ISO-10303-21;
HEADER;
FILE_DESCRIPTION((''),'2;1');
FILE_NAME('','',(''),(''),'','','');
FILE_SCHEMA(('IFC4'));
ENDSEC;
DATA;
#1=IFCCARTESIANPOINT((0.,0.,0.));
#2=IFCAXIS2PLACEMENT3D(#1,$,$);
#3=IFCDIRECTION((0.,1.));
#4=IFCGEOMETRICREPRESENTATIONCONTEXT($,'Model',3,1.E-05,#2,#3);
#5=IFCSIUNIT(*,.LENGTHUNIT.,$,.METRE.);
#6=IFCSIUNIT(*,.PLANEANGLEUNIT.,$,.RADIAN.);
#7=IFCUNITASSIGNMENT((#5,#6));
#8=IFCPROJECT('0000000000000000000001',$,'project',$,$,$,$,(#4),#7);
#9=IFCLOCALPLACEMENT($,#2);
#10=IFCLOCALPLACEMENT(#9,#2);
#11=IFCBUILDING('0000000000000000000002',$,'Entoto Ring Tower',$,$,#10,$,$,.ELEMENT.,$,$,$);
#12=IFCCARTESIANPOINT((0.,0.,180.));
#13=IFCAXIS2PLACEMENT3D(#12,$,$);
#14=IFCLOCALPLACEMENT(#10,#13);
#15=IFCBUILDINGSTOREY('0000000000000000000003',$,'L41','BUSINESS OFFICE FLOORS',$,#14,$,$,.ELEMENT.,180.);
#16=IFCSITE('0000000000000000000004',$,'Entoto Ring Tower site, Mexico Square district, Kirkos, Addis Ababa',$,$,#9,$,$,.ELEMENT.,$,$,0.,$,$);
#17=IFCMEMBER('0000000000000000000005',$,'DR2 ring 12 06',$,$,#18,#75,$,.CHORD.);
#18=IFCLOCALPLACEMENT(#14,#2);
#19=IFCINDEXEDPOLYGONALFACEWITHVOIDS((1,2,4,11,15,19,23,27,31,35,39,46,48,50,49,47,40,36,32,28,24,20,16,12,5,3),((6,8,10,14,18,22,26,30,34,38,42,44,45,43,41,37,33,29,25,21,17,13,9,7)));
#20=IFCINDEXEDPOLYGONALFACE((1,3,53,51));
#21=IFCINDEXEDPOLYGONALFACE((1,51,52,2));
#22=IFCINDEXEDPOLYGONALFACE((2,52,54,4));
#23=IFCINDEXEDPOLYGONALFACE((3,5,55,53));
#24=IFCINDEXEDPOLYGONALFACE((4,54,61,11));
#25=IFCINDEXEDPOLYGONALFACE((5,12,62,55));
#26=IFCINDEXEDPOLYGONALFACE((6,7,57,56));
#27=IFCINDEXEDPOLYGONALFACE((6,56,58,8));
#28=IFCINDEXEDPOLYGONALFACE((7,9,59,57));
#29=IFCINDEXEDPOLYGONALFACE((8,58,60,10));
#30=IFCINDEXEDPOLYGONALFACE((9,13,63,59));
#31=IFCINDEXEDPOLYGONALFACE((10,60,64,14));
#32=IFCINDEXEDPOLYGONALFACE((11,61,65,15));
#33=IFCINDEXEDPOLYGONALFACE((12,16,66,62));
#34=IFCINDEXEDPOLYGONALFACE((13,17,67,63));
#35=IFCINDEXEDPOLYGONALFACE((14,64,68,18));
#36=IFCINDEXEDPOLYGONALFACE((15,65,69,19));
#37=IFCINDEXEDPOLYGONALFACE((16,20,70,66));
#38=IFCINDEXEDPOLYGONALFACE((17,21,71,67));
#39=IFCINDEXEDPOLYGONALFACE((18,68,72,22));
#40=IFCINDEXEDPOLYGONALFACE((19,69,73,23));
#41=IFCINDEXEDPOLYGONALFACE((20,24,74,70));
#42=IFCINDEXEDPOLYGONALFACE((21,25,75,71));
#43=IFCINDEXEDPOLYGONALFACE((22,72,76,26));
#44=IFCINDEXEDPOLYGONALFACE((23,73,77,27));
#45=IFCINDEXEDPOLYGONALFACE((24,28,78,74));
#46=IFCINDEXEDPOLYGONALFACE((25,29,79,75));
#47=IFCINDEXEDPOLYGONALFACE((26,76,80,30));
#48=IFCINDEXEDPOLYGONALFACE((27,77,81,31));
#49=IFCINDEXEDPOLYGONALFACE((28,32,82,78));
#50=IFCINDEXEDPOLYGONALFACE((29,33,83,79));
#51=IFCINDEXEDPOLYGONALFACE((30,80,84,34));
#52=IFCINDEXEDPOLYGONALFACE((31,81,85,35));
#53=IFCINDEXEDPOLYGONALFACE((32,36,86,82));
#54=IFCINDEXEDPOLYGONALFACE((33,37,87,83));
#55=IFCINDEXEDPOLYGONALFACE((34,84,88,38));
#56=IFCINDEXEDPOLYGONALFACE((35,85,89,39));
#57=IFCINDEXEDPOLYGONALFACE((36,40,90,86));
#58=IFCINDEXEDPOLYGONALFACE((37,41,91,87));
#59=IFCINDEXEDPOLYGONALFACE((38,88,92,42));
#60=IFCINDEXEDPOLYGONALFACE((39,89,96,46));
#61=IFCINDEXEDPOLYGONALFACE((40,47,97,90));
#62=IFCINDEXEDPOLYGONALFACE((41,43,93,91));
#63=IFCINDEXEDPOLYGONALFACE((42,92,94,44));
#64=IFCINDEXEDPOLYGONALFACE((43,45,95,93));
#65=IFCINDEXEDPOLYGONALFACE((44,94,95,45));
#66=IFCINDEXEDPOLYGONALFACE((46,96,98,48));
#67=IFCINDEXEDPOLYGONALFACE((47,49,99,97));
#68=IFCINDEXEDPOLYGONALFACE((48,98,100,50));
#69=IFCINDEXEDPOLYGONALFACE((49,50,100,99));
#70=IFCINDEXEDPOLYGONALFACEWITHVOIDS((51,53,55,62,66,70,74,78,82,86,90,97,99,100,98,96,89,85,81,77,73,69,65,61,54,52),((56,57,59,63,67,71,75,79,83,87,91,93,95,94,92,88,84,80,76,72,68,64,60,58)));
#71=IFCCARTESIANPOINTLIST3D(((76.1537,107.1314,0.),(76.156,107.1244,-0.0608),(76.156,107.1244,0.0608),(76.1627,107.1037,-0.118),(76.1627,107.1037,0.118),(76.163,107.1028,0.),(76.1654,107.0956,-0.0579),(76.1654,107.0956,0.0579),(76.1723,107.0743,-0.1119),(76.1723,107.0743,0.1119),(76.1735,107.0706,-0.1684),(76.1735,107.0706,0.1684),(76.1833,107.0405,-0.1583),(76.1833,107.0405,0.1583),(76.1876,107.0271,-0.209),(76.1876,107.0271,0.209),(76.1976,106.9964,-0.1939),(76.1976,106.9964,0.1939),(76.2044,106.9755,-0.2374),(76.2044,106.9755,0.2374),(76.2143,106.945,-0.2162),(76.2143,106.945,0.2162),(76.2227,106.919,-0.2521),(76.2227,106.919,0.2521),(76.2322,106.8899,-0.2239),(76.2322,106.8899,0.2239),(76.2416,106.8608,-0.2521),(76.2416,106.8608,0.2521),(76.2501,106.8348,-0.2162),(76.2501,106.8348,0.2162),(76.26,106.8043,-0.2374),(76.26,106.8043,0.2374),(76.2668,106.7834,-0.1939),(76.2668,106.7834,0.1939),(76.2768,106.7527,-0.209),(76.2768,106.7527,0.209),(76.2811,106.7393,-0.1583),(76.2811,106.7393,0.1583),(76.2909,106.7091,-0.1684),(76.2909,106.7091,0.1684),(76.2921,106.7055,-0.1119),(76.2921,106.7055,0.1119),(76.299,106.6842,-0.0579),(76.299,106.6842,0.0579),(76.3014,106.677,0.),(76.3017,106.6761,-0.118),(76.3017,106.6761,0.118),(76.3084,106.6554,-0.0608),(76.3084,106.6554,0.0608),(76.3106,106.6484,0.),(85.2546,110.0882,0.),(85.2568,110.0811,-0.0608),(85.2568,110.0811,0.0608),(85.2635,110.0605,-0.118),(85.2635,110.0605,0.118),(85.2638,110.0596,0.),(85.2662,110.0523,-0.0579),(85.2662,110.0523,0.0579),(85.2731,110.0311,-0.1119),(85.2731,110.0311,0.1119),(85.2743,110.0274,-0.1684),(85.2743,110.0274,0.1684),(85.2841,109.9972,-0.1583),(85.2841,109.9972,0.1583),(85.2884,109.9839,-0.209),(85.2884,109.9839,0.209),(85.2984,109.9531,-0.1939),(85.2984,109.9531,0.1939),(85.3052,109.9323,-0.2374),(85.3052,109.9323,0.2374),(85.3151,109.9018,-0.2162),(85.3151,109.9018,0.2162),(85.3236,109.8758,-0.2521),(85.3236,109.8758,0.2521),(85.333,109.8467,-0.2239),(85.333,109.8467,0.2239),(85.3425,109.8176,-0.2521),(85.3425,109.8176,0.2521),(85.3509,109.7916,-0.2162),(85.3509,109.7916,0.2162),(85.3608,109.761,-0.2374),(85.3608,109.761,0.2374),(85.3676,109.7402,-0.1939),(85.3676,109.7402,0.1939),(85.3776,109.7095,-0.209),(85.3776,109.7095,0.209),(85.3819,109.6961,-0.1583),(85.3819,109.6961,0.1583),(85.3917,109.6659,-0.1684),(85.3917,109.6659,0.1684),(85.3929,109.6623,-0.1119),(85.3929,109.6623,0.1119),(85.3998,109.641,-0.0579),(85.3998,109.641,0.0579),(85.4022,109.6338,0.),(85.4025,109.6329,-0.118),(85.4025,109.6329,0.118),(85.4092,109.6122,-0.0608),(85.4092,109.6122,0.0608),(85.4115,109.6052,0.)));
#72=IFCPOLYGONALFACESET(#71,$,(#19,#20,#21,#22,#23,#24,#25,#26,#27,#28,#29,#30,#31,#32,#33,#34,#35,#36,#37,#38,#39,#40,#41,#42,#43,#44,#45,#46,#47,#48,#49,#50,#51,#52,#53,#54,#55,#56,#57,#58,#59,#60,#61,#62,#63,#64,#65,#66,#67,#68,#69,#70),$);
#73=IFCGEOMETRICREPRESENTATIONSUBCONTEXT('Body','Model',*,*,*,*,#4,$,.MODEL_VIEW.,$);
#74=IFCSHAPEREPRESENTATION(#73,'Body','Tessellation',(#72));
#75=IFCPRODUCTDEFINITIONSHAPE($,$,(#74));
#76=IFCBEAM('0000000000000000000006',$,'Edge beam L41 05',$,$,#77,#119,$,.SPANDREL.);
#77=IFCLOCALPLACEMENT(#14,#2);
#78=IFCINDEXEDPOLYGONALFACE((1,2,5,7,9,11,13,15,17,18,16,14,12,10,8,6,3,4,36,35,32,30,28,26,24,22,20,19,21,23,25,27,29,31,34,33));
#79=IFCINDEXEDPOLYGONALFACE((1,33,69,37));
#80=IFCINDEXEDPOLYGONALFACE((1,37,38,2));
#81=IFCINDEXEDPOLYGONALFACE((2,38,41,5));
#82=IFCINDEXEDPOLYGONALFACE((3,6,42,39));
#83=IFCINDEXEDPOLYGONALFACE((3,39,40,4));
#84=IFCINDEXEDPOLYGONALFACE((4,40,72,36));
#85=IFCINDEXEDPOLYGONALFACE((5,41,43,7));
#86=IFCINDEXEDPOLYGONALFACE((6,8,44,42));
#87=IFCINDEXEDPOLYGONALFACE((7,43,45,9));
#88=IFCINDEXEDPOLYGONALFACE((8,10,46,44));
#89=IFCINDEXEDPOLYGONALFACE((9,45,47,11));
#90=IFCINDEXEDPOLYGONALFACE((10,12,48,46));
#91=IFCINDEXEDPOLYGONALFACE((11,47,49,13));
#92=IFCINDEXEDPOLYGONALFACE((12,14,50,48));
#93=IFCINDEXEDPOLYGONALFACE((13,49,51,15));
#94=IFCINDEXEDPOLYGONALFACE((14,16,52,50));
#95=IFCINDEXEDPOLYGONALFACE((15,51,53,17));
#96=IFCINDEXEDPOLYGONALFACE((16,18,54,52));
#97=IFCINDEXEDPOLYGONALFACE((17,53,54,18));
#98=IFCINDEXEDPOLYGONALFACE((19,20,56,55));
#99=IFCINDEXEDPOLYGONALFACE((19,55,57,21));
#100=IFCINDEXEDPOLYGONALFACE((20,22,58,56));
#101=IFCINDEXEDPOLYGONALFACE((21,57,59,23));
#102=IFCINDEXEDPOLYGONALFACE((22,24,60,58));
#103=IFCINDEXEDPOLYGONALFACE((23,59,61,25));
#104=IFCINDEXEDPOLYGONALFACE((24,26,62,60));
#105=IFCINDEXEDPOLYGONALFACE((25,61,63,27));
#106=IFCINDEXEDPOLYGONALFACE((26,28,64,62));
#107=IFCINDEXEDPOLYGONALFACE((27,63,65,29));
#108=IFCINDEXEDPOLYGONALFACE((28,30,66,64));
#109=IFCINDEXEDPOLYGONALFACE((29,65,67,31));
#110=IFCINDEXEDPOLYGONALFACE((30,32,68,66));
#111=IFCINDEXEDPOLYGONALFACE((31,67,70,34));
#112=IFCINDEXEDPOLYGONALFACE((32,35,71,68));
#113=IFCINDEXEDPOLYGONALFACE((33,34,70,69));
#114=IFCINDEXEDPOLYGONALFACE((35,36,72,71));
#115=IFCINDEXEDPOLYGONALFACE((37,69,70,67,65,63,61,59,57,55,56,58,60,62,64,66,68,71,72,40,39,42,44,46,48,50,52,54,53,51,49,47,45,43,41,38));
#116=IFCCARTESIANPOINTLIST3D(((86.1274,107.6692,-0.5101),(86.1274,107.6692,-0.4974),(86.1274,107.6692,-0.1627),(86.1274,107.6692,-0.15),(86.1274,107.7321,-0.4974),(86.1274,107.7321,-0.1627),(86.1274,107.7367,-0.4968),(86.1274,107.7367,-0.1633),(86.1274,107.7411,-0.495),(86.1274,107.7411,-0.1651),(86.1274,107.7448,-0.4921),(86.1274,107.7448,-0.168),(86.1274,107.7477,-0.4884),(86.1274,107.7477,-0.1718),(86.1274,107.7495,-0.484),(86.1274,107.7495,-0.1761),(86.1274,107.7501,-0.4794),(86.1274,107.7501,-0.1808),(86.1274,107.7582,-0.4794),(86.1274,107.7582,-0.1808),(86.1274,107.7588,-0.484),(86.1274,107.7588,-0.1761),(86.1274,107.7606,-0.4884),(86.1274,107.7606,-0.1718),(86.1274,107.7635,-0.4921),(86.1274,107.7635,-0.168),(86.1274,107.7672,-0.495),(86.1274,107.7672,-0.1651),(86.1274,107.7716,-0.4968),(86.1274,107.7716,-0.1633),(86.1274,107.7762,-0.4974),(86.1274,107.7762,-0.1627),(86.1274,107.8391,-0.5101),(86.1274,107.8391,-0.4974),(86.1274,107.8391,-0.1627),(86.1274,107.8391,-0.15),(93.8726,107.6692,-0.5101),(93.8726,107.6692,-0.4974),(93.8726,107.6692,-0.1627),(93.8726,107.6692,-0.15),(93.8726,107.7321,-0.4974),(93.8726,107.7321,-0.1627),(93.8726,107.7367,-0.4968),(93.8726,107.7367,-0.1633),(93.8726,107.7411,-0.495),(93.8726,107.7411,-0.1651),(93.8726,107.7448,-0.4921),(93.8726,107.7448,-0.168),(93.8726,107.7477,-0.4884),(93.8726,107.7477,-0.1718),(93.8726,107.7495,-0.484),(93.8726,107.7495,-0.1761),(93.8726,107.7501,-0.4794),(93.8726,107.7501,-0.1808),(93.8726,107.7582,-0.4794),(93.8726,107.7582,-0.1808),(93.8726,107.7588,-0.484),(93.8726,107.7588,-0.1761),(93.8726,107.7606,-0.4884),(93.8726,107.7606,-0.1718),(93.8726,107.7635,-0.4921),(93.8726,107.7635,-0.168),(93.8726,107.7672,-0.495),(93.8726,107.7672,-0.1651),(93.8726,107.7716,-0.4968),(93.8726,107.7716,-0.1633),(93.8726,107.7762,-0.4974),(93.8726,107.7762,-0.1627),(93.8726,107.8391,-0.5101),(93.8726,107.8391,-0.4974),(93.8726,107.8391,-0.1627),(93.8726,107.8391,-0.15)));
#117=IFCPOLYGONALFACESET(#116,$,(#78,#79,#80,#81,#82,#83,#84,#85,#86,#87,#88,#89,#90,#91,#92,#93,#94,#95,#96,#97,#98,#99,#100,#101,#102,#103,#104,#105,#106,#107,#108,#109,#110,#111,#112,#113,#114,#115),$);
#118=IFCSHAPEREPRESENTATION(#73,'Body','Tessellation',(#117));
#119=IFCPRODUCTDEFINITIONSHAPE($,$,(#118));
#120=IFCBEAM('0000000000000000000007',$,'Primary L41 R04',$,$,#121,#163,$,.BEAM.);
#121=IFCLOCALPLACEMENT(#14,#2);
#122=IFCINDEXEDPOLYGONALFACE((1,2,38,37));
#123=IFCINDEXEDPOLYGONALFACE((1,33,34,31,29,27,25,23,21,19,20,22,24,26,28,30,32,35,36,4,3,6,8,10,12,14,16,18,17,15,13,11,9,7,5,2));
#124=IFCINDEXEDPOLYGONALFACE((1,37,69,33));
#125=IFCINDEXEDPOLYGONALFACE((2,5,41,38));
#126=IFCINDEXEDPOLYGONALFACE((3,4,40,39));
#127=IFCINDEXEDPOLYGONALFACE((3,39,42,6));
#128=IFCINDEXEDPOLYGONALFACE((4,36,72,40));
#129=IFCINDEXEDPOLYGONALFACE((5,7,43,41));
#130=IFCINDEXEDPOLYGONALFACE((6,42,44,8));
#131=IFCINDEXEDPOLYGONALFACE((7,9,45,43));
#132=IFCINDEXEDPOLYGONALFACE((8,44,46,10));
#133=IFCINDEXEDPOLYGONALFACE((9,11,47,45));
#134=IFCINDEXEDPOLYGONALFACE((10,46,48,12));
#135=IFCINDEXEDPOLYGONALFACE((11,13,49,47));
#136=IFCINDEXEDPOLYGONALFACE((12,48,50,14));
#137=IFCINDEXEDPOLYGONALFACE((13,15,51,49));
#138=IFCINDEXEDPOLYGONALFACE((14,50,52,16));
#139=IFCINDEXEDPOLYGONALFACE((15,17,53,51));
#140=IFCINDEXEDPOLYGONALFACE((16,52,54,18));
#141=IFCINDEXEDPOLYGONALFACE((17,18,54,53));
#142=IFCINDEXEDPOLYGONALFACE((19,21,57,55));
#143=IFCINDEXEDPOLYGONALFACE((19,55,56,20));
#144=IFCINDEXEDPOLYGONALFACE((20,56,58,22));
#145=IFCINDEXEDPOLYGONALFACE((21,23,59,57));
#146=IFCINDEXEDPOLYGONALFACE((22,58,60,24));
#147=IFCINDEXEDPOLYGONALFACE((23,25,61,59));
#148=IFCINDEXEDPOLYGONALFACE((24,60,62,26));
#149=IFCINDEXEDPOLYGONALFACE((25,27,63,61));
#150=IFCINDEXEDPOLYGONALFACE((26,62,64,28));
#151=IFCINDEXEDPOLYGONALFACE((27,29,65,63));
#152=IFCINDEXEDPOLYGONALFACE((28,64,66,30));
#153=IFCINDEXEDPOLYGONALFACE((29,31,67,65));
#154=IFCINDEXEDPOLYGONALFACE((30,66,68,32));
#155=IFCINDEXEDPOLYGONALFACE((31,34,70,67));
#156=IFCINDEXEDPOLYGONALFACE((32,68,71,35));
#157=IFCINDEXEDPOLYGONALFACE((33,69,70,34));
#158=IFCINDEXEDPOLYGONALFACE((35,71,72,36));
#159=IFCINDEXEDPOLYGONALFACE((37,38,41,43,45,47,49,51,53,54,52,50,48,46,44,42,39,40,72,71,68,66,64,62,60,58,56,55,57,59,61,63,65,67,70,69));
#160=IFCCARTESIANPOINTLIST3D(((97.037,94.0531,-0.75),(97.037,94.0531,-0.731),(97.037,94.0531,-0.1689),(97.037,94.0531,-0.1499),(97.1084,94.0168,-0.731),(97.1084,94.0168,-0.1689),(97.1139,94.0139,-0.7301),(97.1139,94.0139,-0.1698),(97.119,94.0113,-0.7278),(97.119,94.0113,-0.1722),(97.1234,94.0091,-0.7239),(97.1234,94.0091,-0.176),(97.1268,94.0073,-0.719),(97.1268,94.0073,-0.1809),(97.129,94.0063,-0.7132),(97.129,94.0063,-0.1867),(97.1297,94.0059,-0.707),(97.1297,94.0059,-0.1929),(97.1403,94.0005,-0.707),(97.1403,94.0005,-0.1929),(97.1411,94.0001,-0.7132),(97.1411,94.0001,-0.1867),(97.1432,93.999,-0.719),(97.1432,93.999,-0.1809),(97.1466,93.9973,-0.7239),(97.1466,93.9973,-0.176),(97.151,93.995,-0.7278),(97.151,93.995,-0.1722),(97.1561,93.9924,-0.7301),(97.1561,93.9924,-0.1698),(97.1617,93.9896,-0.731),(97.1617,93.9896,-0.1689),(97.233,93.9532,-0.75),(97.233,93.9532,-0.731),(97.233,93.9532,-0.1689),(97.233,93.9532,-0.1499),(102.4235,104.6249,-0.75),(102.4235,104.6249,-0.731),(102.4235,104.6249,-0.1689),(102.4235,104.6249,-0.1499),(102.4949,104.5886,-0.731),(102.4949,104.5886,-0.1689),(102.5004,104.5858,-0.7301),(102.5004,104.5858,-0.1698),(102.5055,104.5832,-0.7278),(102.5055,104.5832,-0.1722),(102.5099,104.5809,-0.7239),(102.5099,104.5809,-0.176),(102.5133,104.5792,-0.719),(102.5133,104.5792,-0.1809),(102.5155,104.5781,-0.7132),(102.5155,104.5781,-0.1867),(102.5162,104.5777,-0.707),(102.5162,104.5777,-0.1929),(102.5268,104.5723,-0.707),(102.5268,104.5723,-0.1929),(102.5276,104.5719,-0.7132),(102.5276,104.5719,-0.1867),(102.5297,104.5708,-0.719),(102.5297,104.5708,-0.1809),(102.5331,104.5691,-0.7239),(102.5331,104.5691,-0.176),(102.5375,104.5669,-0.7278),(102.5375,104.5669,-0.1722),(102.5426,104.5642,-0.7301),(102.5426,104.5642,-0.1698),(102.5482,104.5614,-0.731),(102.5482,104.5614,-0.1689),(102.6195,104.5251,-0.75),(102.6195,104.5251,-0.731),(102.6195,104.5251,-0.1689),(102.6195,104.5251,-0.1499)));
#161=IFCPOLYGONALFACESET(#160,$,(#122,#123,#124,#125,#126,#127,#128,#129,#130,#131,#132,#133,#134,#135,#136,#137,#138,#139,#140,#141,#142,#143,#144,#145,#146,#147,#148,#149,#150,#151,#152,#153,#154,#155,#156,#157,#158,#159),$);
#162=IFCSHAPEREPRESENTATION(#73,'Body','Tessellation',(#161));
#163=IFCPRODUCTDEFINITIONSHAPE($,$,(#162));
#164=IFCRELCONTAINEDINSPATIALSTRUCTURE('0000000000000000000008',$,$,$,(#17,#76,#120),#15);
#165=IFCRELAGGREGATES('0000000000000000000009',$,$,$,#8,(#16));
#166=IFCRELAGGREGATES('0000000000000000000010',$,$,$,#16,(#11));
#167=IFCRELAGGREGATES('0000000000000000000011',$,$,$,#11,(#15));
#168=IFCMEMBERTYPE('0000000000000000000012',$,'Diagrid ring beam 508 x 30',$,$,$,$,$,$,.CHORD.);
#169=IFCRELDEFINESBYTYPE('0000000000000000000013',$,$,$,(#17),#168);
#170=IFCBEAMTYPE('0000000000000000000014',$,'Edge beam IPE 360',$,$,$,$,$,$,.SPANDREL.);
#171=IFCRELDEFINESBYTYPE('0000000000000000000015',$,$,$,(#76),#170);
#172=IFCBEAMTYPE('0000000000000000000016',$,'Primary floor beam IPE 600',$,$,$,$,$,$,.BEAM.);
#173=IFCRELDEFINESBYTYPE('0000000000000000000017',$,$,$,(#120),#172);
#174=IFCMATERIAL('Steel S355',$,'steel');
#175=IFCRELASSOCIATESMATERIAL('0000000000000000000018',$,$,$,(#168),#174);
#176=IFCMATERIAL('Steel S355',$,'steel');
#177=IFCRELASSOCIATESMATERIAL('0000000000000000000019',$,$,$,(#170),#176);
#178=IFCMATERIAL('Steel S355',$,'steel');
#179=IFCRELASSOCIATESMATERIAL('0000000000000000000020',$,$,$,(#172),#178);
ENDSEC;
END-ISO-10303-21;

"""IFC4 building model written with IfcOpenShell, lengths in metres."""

from ifc_helpers import new_model, si_unit, direction, frame, origin, origin_2d, place, context, subcontext, project, spatial, circle, hollow_circle, i_section, extrude, material, material_profile, profile_set, type_object, element, save


model = new_model("IFC4")

# Units and contexts
model_context = context("Model", 3, precision=1e-05, world=origin(), true_north=direction((0.0, 1.0)))
body_context = subcontext(model_context, "Body", "Model", "MODEL_VIEW")
ifc_project = project(units=[si_unit("LENGTHUNIT", "METRE"), si_unit("PLANEANGLEUNIT", "RADIAN")], contexts=[model_context])

# Site, building, storey
site_placement = place(None, origin())
site = spatial("IfcSite", under=ifc_project, at=site_placement, Name="Entoto Ring Tower site, Mexico Square district, Kirkos, Addis Ababa", CompositionType="ELEMENT", RefElevation=0.0)
building_placement = place(site_placement, origin())
building = spatial("IfcBuilding", under=site, at=building_placement, Name="Entoto Ring Tower", CompositionType="ELEMENT")
storey_placement = place(building_placement, frame((0.0, 0.0, 180.0)))
storey = spatial("IfcBuildingStorey", under=building, at=storey_placement, Name="L41", Description="BUSINESS OFFICE FLOORS", CompositionType="ELEMENT", Elevation=180.0)

# Member
ifc_material_1 = material(Name="Steel S355", Category="steel")
ifc_material_profile_1 = material_profile(ifc_material_1, hollow_circle(Radius=0.2539, WallThickness=0.03, at=origin_2d()), Name="CHS 508 x 30")
ifc_material_2 = material(Name="Concrete C60/75", Category="concrete")
ifc_material_profile_2 = material_profile(ifc_material_2, circle(Radius=0.2241, at=origin_2d()), Name="Concrete C60/75 infill")
ifc_profile_set_1 = profile_set([ifc_material_profile_1, ifc_material_profile_2], Name="Steel S355")
member_type_1 = type_object("IfcMemberType", Name="Diagrid ring beam 508 x 30", PredefinedType="CHORD", material=ifc_profile_set_1)
member_1_placement = place(storey_placement, frame((85.333, 109.8467, 0.0), z_axis=(-0.951064, -0.308993, 0.0), x_axis=(0.308993, -0.951064, 0.0)))
element("IfcMember", 1, at=member_1_placement, inside=storey, type_object=member_type_1, Name="DR2 ring 12 06", PredefinedType="CHORD", context=body_context, shape_type="SweptSolid", body=[
    extrude(hollow_circle(Radius=0.2539, WallThickness=0.03, at=origin_2d()), origin(), (0.0, 0.0, 1.0), 9.5691),
])

# Beams
ifc_material_3 = material(Name="Steel S355", Category="steel")
ifc_material_profile_3 = material_profile(ifc_material_3, i_section(OverallWidth=0.1699, OverallDepth=0.3601, WebThickness=0.0081, FlangeThickness=0.0127, FilletRadius=0.0181, at=origin_2d()), Name="IPE 360")
ifc_profile_set_2 = profile_set([ifc_material_profile_3], Name="Steel S355")
beam_type_1 = type_object("IfcBeamType", Name="Edge beam IPE 360", PredefinedType="SPANDREL", material=ifc_profile_set_2)
beam_1_placement = place(storey_placement, frame((93.8726, 107.7542, -0.3301), z_axis=(-1.0, 0.0, 0.0), x_axis=(0.0, -1.0, 0.0)))
element("IfcBeam", 2, at=beam_1_placement, inside=storey, type_object=beam_type_1, Name="Edge beam L41 05", PredefinedType="SPANDREL", context=body_context, shape_type="SweptSolid", body=[
    extrude(i_section(OverallWidth=0.1699, OverallDepth=0.3601, WebThickness=0.0081, FlangeThickness=0.0127, FilletRadius=0.0181, at=origin_2d()), origin(), (0.0, 0.0, 1.0), 7.7451),
])
ifc_material_4 = material(Name="Steel S355", Category="steel")
ifc_material_profile_4 = material_profile(ifc_material_4, i_section(OverallWidth=0.22, OverallDepth=0.6001, WebThickness=0.012, FlangeThickness=0.019, FilletRadius=0.0239, at=origin_2d()), Name="IPE 600")
ifc_profile_set_3 = profile_set([ifc_material_profile_4], Name="Steel S355")
beam_type_2 = type_object("IfcBeamType", Name="Primary floor beam IPE 600", PredefinedType="BEAM", material=ifc_profile_set_3)
beam_2_placement = place(storey_placement, frame((97.135, 94.0032, -0.45), z_axis=(0.453983, 0.89101, 0.0), x_axis=(-0.89101, 0.453983, 0.0)))
element("IfcBeam", 3, at=beam_2_placement, inside=storey, type_object=beam_type_2, Name="Primary L41 R04", PredefinedType="BEAM", context=body_context, shape_type="SweptSolid", body=[
    extrude(i_section(OverallWidth=0.22, OverallDepth=0.6001, WebThickness=0.012, FlangeThickness=0.019, FilletRadius=0.0239, at=origin_2d()), origin(), (0.0, 0.0, 1.0), 11.865),
])

save(model, "model.ifc")
